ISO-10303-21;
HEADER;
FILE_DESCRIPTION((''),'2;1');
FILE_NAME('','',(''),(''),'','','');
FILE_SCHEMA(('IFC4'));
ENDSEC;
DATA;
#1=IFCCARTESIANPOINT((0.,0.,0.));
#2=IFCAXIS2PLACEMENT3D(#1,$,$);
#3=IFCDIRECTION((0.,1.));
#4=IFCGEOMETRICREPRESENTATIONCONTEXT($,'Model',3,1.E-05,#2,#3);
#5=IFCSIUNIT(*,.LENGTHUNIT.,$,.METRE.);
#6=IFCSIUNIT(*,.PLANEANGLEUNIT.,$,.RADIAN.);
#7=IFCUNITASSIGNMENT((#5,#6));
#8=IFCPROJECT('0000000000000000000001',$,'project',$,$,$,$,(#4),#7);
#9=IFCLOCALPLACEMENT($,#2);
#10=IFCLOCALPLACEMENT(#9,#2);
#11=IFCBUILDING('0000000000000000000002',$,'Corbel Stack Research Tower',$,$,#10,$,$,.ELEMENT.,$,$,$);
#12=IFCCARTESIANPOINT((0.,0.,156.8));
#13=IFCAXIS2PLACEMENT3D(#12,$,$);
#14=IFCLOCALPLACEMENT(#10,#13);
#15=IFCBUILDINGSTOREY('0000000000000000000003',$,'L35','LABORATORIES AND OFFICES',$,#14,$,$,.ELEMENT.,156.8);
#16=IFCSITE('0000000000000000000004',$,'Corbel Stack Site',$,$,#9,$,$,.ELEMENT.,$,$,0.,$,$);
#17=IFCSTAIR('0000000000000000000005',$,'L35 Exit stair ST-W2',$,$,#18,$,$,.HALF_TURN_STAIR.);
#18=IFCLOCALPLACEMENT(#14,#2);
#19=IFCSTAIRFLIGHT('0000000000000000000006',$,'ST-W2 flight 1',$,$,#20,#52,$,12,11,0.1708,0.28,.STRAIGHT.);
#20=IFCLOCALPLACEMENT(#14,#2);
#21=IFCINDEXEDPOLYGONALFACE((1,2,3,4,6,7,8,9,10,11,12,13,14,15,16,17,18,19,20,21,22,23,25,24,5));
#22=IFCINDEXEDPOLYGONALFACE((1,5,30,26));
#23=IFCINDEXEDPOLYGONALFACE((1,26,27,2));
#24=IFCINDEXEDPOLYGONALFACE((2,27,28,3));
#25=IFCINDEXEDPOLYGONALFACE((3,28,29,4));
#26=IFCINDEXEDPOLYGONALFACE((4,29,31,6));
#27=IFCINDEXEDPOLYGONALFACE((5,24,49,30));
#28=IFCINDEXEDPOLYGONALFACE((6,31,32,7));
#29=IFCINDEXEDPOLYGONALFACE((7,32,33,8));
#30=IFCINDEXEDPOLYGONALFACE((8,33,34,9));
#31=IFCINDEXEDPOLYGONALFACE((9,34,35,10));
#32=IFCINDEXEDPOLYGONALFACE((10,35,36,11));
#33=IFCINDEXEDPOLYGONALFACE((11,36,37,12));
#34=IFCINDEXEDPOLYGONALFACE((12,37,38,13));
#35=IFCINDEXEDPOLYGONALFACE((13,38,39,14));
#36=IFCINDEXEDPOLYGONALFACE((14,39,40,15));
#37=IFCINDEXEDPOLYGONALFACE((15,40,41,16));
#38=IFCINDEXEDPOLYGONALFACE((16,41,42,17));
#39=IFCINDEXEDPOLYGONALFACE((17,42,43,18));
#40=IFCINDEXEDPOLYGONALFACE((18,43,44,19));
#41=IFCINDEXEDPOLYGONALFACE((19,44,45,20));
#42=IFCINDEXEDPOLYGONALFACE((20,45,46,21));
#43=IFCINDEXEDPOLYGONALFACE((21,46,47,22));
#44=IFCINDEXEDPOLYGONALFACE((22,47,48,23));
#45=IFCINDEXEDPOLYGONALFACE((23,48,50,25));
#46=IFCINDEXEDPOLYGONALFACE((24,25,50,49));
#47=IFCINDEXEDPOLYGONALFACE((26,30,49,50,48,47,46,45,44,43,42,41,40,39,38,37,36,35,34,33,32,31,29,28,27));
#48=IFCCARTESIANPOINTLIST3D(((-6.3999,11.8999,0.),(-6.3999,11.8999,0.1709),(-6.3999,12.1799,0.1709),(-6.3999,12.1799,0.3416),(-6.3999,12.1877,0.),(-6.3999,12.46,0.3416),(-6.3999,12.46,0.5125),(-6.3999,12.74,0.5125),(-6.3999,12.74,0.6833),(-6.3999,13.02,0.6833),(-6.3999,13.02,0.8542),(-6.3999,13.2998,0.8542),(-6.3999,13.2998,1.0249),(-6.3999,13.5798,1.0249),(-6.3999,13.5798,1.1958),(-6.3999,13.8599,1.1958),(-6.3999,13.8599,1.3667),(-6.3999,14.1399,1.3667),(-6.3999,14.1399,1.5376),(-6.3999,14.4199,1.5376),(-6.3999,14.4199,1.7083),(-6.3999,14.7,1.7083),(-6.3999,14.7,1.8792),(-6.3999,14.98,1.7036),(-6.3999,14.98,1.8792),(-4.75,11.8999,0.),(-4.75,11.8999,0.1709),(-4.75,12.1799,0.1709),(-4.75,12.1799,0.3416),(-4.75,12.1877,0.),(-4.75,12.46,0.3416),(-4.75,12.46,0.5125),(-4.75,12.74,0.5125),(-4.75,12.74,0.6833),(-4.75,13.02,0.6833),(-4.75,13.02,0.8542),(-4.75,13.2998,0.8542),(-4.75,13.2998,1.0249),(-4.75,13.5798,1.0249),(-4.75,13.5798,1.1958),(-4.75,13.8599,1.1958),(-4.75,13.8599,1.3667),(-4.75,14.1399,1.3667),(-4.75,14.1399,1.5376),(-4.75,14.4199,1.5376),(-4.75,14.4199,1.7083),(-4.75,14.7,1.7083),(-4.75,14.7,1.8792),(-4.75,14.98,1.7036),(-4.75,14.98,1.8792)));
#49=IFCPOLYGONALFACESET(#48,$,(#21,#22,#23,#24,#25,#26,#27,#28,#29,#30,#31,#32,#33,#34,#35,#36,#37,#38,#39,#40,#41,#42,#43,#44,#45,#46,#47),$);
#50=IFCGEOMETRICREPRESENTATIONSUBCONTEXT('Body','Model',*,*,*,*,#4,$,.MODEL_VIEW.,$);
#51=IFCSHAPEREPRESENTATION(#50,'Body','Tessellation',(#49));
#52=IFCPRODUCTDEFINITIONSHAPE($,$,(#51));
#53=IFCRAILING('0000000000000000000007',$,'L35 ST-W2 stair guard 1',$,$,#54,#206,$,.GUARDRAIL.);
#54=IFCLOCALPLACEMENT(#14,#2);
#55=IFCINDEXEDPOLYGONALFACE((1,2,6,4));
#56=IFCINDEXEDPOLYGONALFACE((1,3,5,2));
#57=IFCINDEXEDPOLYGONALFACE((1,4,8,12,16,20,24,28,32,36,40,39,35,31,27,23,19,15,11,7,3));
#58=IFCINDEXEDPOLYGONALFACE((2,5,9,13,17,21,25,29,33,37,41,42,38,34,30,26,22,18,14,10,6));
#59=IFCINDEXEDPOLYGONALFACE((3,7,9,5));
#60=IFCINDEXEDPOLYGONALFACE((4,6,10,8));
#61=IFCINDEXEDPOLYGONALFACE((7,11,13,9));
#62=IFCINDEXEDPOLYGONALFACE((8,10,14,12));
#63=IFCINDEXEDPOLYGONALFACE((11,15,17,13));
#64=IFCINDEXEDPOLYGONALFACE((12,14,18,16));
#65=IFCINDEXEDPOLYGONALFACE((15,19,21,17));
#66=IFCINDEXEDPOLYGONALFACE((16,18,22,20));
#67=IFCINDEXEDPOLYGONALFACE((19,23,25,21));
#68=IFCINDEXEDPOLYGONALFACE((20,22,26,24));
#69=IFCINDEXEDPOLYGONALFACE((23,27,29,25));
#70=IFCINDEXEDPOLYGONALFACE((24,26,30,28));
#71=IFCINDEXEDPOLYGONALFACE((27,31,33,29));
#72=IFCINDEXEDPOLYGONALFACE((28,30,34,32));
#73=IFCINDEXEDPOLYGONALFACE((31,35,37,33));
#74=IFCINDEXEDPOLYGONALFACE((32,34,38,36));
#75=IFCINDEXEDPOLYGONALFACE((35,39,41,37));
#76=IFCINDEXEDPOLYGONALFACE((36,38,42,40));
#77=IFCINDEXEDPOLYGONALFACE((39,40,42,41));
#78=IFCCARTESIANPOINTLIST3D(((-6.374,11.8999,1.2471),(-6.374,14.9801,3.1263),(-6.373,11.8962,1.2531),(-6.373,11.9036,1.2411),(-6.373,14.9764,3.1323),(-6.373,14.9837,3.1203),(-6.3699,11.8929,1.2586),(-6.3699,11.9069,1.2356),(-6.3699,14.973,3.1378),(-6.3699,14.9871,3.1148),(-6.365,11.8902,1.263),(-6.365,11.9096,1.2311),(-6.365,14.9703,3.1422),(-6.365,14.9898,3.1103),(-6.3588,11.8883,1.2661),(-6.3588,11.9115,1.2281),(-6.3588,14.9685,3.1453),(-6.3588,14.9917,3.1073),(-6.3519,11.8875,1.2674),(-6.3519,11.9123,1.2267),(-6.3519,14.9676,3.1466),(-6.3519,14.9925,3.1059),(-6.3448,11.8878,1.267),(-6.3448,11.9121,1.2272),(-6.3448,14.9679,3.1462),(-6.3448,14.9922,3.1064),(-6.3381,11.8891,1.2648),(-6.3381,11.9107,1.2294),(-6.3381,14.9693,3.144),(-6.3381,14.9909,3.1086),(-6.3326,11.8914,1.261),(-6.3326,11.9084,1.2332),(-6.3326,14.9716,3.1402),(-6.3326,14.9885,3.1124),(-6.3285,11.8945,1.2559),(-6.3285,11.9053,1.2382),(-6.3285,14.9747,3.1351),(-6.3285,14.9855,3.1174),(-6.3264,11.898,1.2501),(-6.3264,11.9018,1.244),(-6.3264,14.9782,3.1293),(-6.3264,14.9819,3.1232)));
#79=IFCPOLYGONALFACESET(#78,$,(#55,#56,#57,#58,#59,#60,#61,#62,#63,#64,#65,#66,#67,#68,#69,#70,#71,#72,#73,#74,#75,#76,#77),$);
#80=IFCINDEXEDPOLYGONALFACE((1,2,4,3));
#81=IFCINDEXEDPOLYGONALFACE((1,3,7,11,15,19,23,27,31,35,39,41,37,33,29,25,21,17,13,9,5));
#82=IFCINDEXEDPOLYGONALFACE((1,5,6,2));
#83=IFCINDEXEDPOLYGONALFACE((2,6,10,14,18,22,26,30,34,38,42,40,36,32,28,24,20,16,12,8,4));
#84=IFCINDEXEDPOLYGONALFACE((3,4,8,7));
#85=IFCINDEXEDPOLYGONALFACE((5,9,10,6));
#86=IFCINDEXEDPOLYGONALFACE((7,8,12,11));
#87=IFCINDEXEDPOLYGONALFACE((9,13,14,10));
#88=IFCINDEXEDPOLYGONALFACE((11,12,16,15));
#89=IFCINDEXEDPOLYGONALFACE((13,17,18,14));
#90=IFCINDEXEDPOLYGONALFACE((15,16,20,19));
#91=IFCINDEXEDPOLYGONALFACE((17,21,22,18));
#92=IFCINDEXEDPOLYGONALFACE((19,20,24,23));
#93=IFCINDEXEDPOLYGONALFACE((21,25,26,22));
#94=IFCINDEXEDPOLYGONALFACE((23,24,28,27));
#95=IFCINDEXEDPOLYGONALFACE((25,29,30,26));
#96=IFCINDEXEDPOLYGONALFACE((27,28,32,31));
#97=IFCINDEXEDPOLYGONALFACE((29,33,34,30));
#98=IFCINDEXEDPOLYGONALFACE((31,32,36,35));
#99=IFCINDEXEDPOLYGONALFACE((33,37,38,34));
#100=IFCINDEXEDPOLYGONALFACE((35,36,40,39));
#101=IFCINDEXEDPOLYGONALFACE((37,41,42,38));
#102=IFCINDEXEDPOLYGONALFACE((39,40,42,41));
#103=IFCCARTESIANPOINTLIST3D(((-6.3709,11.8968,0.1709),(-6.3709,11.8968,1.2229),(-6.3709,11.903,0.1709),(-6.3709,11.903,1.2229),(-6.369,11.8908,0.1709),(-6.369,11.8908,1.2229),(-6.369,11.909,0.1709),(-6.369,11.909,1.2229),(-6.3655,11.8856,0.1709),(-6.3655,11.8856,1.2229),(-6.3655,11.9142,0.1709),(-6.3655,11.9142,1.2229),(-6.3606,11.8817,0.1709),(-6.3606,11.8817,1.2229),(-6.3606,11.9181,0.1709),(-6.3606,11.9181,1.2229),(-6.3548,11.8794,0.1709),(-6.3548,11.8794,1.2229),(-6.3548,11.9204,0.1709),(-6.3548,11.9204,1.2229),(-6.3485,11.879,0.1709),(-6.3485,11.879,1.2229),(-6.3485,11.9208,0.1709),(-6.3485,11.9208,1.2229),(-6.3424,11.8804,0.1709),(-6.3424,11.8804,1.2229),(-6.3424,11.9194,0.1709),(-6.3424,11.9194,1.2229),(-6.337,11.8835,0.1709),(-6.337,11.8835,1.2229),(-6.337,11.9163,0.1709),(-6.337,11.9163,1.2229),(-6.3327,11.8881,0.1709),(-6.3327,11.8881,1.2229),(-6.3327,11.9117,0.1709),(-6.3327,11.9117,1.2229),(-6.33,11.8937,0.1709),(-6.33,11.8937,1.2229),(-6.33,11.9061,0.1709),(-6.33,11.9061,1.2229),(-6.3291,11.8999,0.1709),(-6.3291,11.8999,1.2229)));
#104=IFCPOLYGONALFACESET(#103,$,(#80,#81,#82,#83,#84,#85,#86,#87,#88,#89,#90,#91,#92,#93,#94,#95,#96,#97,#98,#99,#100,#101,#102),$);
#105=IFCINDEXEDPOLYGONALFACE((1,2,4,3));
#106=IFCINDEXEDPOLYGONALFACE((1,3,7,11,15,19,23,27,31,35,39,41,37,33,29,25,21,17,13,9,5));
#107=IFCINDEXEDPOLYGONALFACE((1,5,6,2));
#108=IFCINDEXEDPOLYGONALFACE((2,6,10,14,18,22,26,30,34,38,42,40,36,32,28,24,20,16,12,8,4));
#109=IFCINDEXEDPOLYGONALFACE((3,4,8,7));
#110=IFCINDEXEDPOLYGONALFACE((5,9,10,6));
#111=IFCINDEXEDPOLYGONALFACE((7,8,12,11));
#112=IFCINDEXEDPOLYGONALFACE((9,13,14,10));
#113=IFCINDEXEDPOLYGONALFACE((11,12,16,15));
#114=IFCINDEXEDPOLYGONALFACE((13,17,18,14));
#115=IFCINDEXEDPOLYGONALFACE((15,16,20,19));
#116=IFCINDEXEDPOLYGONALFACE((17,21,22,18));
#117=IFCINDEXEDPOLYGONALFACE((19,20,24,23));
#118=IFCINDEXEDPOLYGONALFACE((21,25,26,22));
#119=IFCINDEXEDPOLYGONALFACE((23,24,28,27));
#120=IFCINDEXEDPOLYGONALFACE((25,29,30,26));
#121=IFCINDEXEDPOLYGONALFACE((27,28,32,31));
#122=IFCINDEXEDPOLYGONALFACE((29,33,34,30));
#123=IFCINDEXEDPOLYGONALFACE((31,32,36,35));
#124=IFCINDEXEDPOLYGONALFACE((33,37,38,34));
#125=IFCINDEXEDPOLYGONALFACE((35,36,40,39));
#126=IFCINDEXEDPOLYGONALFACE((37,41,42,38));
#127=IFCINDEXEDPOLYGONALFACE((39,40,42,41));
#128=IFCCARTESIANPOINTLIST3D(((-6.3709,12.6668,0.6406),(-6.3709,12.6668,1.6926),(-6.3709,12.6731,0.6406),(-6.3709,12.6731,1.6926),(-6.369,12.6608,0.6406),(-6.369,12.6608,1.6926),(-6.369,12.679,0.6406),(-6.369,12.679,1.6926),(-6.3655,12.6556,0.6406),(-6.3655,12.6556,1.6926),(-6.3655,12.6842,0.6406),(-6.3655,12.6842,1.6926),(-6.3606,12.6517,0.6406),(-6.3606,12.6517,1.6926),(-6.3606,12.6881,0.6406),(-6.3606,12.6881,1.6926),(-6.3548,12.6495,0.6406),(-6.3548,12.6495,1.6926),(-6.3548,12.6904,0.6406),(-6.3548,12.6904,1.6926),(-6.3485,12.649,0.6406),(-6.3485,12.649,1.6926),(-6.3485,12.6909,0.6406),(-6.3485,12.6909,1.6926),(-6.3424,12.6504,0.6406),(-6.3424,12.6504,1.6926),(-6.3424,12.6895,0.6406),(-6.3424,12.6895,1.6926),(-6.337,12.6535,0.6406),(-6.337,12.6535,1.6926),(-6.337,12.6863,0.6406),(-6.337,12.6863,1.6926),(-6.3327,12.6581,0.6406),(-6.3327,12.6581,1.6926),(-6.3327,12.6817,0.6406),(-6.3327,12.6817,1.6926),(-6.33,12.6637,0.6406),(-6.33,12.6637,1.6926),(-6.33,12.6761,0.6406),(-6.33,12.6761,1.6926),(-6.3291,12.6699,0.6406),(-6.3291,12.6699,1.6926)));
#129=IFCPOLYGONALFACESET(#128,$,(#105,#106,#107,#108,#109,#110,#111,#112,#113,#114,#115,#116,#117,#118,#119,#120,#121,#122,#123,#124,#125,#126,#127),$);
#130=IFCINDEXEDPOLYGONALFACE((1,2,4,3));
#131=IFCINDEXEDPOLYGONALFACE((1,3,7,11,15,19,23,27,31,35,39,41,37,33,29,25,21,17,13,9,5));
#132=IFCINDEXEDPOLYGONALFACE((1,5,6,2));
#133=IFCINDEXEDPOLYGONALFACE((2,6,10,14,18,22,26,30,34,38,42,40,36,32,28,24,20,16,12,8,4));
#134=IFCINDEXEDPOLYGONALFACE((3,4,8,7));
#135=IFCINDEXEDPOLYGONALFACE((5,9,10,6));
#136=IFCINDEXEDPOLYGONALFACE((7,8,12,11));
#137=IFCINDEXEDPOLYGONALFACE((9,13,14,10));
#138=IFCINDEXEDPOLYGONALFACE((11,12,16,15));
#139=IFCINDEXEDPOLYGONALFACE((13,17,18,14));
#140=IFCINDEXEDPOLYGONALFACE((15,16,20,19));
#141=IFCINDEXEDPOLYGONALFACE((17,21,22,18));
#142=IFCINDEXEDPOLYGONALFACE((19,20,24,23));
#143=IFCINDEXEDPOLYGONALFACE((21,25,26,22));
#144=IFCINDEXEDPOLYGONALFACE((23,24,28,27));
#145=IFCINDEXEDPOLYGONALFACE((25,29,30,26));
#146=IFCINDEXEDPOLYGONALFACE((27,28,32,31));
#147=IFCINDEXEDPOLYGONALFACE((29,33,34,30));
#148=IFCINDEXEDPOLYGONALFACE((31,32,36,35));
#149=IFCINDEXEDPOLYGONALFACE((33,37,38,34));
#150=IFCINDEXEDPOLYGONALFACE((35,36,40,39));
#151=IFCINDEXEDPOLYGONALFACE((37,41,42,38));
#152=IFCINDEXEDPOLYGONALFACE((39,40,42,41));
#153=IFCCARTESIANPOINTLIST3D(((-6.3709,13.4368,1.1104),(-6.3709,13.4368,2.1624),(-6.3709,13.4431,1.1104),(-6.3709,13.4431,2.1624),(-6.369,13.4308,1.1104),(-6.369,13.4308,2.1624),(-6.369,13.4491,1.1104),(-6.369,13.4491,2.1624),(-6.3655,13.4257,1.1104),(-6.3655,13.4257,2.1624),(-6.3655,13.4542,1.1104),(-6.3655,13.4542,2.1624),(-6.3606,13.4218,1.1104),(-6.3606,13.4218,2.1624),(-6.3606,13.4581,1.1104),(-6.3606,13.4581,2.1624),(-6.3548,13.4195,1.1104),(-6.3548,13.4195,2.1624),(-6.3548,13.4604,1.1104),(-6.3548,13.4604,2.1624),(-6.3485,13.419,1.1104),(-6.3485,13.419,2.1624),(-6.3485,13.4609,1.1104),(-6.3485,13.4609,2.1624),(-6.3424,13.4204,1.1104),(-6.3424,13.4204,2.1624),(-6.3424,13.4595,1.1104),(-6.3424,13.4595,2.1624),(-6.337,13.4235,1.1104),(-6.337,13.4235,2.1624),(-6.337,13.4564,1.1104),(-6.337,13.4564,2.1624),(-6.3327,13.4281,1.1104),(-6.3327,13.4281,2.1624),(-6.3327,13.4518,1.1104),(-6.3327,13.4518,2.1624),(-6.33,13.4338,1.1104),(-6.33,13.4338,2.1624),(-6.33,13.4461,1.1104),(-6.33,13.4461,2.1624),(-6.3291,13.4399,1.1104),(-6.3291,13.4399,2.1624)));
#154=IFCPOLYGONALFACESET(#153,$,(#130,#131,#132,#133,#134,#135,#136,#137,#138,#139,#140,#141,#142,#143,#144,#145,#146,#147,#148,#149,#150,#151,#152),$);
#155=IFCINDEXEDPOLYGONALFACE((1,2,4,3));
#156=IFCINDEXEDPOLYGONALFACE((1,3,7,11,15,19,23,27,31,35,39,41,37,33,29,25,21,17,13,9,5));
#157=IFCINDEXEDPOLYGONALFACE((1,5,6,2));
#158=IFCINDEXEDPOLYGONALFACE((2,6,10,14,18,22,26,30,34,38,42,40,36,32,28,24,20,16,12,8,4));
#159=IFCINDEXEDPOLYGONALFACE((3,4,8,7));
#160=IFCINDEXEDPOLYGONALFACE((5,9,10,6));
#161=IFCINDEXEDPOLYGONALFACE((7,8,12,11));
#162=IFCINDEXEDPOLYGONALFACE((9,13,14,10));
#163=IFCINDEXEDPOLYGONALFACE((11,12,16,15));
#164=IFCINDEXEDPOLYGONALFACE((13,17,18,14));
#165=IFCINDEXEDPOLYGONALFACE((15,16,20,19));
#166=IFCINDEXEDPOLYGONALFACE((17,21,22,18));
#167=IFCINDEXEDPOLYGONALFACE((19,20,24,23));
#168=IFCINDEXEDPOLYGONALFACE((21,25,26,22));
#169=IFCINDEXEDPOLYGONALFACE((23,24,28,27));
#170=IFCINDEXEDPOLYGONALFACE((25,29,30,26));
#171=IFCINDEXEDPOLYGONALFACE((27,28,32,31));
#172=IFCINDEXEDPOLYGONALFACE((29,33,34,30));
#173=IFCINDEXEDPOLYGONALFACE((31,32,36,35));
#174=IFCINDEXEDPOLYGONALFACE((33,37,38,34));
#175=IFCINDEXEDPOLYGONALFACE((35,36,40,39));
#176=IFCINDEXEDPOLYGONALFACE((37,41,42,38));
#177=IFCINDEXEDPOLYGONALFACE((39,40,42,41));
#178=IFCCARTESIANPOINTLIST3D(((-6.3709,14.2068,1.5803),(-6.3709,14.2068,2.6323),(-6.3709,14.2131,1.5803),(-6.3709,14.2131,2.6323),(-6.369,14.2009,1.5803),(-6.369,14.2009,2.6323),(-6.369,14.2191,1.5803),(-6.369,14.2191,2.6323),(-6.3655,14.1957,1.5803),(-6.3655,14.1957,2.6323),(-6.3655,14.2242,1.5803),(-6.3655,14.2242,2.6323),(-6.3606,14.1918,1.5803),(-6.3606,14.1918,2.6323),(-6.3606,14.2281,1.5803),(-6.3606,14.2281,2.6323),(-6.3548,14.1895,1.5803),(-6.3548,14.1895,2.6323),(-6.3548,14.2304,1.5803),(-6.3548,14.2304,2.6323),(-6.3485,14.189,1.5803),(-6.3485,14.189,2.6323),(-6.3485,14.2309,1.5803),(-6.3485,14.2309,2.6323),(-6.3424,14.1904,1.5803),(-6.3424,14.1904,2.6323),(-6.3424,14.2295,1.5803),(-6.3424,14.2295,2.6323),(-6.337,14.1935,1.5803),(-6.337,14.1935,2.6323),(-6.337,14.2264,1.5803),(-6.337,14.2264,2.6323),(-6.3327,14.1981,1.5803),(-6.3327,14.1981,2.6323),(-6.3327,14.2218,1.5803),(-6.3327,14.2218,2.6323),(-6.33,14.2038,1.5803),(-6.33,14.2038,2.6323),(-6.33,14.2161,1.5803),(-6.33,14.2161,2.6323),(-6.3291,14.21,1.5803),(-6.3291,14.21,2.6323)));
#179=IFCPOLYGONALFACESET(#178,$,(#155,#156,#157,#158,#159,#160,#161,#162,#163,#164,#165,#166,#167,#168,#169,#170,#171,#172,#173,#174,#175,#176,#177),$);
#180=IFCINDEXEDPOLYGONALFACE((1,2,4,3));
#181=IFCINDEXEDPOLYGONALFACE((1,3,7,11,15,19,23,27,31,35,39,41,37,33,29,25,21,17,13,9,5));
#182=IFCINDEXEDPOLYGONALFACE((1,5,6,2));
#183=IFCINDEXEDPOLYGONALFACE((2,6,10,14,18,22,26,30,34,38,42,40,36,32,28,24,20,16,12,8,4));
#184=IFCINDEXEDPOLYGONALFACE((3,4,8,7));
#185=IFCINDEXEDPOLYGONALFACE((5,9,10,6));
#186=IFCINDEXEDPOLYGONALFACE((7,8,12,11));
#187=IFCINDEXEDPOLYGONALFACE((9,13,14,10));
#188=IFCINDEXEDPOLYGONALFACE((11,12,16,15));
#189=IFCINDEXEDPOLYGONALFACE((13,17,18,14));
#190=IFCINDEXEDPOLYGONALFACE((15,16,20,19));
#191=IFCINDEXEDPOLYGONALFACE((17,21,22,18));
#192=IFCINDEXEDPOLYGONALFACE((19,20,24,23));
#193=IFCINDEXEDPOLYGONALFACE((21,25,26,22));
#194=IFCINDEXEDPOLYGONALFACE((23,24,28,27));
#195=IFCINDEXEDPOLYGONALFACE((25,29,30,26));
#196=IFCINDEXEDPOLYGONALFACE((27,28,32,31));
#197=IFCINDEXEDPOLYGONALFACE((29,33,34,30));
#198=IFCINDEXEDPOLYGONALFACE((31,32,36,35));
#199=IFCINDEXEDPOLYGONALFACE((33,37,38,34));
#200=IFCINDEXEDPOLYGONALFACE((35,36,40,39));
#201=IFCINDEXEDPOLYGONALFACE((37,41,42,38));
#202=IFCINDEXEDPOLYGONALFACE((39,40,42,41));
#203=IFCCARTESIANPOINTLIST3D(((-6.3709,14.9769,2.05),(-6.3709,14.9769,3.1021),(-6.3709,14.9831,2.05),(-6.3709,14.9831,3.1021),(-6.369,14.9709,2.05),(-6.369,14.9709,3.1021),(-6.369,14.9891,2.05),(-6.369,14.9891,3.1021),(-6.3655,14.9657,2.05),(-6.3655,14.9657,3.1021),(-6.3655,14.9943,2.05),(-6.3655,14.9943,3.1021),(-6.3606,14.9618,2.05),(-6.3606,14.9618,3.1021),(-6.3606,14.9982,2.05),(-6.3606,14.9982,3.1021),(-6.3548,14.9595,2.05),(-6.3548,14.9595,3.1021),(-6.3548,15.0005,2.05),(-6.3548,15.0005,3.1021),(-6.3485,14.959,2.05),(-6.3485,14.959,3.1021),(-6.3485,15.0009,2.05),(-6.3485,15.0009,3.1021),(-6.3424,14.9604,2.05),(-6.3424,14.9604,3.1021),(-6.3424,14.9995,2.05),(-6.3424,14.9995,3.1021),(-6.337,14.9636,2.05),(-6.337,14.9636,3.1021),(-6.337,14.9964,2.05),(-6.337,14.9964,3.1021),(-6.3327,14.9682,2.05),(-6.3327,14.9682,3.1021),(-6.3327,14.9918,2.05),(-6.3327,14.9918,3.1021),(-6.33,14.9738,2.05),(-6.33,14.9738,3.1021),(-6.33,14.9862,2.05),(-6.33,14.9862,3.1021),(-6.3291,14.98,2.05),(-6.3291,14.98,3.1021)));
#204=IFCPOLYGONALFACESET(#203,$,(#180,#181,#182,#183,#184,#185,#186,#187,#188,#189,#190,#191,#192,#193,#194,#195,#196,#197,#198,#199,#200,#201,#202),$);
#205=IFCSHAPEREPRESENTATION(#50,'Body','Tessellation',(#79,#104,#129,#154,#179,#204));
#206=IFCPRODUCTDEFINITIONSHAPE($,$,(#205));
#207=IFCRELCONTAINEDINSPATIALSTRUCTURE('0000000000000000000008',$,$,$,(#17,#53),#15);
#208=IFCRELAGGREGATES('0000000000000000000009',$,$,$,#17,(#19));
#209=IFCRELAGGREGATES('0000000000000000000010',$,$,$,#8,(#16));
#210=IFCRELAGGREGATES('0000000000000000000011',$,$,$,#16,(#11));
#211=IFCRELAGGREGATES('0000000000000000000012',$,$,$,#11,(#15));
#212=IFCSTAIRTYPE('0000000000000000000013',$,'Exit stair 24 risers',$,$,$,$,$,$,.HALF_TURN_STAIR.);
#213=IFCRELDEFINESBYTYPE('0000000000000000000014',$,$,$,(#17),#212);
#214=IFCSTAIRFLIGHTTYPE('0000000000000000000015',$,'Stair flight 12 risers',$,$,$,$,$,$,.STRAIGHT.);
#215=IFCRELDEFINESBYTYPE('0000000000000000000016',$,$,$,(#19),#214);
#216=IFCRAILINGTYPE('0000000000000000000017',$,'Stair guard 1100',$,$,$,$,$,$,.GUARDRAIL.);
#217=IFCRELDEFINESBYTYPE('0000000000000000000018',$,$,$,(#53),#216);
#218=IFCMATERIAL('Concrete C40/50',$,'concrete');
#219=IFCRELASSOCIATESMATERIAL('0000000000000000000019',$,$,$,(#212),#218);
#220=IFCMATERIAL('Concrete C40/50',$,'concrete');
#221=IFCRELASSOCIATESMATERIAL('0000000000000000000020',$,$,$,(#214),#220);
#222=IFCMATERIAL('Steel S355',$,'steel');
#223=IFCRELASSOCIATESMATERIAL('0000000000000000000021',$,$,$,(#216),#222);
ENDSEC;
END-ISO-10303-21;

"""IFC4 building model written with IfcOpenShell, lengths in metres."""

from ifc_helpers import new_model, si_unit, direction, frame, origin, origin_2d, place, context, subcontext, project, spatial, polyline, circle, outline, extrude, material, type_object, element, aggregate, save


model = new_model("IFC4")

# Units and contexts
model_context = context("Model", 3, precision=1e-05, world=origin(), true_north=direction((0.0, 1.0)))
body_context = subcontext(model_context, "Body", "Model", "MODEL_VIEW")
ifc_project = project(units=[si_unit("LENGTHUNIT", "METRE"), si_unit("PLANEANGLEUNIT", "RADIAN")], contexts=[model_context])

# Site, building, storey
site_placement = place(None, origin())
site = spatial("IfcSite", under=ifc_project, at=site_placement, Name="Corbel Stack Site", CompositionType="ELEMENT", RefElevation=0.0)
building_placement = place(site_placement, origin())
building = spatial("IfcBuilding", under=site, at=building_placement, Name="Corbel Stack Research Tower", CompositionType="ELEMENT")
storey_placement = place(building_placement, frame((0.0, 0.0, 156.8)))
storey = spatial("IfcBuildingStorey", under=building, at=storey_placement, Name="L35", Description="LABORATORIES AND OFFICES", CompositionType="ELEMENT", Elevation=156.8)

# Shared definitions
ifc_material_1 = material(Name="Concrete C40/50", Category="concrete")
stair_type = type_object("IfcStairType", Name="Exit stair 24 risers", PredefinedType="HALF_TURN_STAIR", material=ifc_material_1)

# Stair, stair flight
stair_1_placement = place(storey_placement, origin())
stair_1 = element("IfcStair", 1, at=stair_1_placement, inside=storey, type_object=stair_type, Name="L35 Exit stair ST-W2", PredefinedType="HALF_TURN_STAIR")
ifc_material_2 = material(Name="Concrete C40/50", Category="concrete")
stair_flight_type = type_object("IfcStairFlightType", Name="Stair flight 12 risers", PredefinedType="STRAIGHT", material=ifc_material_2)
stair_flight_placement = place(storey_placement, frame((-5.575, 11.8999, 0.0), z_axis=(0.0, 0.0, 1.0), x_axis=(0.0, 1.0, 0.0)))
stair_flight = element("IfcStairFlight", 2, at=stair_flight_placement, type_object=stair_flight_type, Name="ST-W2 flight 1", NumberOfRisers=12, NumberOfTreads=11, PredefinedType="STRAIGHT", RiserHeight=0.1708, TreadLength=0.28, context=body_context, shape_type="SweptSolid", body=[
    extrude(outline(polyline([(0.0, 0.0), (0.0, 0.1709), (0.28, 0.1709), (0.28, 0.3416), (0.5601, 0.3416), (0.5601, 0.5125), (0.8401, 0.5125), (0.8401, 0.6833), (1.1201, 0.6833), (1.1201, 0.8542), (1.3999, 0.8542), (1.3999, 1.0249), (1.6799, 1.0249), (1.6799, 1.1958), (1.96, 1.1958), (1.96, 1.3667), (2.24, 1.3667), (2.24, 1.5376), (2.52, 1.5376), (2.52, 1.7083), (2.8, 1.7083), (2.8, 1.8792), (3.0801, 1.8792), (3.0801, 2.05), (3.0801, 1.7036), (0.2878, 0.0), (0.0, 0.0)])), frame((0.0, 0.825, 0.0), z_axis=(0.0, -1.0, 0.0), x_axis=(1.0, 0.0, 0.0)), (0.0, 0.0, 1.0), 1.6499),
])
aggregate(stair_1, [stair_flight])

# Railing
ifc_material_3 = material(Name="Steel S355", Category="steel")
railing_type = type_object("IfcRailingType", Name="Stair guard 1100", PredefinedType="GUARDRAIL", material=ifc_material_3)
railing_1_placement = place(storey_placement, frame((-6.3501, 11.8999, 0.1709)))
element("IfcRailing", 3, at=railing_1_placement, inside=storey, type_object=railing_type, Name="L35 ST-W2 stair guard 1", PredefinedType="GUARDRAIL", context=body_context, shape_type="SweptSolid", body=[
    extrude(circle(Radius=0.0239, at=origin_2d()), frame((0.0, 0.0, 1.0762), z_axis=(0.0, 0.853666, 0.52082), x_axis=(-1.0, 0.0, 0.0)), (0.0, 0.0, 1.0), 3.6082),
    extrude(circle(Radius=0.021, at=origin_2d()), origin(), (0.0, 0.0, 1.0), 1.052),
    extrude(circle(Radius=0.021, at=origin_2d()), frame((0.0, 0.77, 0.4697)), (0.0, 0.0, 1.0), 1.052),
    extrude(circle(Radius=0.021, at=origin_2d()), frame((0.0, 1.54, 0.9395)), (0.0, 0.0, 1.0), 1.052),
    extrude(circle(Radius=0.021, at=origin_2d()), frame((0.0, 2.3101, 1.4094)), (0.0, 0.0, 1.0), 1.052),
    extrude(circle(Radius=0.021, at=origin_2d()), frame((0.0, 3.0801, 1.8792)), (0.0, 0.0, 1.0), 1.052),
])

save(model, "model.ifc")
